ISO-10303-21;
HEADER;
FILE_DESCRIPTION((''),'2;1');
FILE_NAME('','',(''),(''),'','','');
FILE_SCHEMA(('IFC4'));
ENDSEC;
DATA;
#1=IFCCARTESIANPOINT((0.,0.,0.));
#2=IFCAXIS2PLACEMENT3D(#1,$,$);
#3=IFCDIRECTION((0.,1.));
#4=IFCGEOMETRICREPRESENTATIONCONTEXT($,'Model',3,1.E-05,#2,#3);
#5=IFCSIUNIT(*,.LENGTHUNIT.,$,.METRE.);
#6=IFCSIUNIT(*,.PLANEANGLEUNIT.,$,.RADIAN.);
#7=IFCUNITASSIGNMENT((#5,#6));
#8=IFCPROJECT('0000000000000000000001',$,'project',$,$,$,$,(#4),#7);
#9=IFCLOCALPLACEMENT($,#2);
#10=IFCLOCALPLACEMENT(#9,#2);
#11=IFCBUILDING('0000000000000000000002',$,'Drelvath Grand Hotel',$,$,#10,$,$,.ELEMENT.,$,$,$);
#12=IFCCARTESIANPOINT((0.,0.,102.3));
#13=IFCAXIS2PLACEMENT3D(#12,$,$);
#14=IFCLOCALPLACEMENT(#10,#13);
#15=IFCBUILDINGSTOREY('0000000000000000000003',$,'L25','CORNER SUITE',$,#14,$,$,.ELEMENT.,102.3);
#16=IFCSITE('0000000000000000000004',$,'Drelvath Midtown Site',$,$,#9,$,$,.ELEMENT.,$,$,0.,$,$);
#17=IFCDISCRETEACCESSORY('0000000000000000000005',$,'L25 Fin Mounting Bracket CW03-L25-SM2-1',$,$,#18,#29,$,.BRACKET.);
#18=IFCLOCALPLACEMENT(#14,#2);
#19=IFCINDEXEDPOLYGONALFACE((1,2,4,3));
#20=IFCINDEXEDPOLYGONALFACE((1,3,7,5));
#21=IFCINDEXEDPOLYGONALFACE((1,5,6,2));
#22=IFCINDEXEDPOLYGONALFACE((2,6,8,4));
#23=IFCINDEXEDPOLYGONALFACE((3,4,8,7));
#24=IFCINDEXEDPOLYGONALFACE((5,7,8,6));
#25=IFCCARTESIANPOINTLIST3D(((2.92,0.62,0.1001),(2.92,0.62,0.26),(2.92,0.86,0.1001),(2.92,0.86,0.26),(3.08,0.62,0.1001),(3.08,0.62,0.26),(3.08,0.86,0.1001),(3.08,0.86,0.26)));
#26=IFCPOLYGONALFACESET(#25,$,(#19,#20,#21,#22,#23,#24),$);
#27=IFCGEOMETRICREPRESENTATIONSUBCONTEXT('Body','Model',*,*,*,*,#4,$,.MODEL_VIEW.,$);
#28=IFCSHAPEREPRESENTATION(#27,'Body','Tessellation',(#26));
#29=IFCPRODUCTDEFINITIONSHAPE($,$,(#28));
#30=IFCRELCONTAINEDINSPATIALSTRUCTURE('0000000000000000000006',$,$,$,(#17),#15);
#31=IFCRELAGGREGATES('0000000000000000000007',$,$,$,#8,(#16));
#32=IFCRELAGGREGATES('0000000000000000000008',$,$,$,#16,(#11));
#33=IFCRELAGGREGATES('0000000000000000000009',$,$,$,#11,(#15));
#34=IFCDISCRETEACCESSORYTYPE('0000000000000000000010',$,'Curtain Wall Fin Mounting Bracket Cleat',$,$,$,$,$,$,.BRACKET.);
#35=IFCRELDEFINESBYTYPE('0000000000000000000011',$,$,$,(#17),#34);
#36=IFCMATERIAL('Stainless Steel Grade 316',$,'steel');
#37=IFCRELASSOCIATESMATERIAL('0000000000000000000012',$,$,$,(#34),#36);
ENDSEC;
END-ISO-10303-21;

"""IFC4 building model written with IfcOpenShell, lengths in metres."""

from ifc_helpers import new_model, si_unit, direction, frame, origin, origin_2d, place, context, subcontext, project, spatial, rectangle, extrude, material, type_object, element, save


model = new_model("IFC4")

# Units and contexts
model_context = context("Model", 3, precision=1e-05, world=origin(), true_north=direction((0.0, 1.0)))
body_context = subcontext(model_context, "Body", "Model", "MODEL_VIEW")
ifc_project = project(units=[si_unit("LENGTHUNIT", "METRE"), si_unit("PLANEANGLEUNIT", "RADIAN")], contexts=[model_context])

# Site, building, storey
site_placement = place(None, origin())
site = spatial("IfcSite", under=ifc_project, at=site_placement, Name="Drelvath Midtown Site", CompositionType="ELEMENT", RefElevation=0.0)
building_placement = place(site_placement, origin())
building = spatial("IfcBuilding", under=site, at=building_placement, Name="Drelvath Grand Hotel", CompositionType="ELEMENT")
storey_placement = place(building_placement, frame((0.0, 0.0, 102.3)))
storey = spatial("IfcBuildingStorey", under=building, at=storey_placement, Name="L25", Description="CORNER SUITE", CompositionType="ELEMENT", Elevation=102.3)

# Discrete accessory
ifc_material_1 = material(Name="Stainless Steel Grade 316", Category="steel")
discrete_accessory_type = type_object("IfcDiscreteAccessoryType", Name="Curtain Wall Fin Mounting Bracket Cleat", PredefinedType="BRACKET", material=ifc_material_1)
discrete_accessory_placement = place(storey_placement, frame((3.0, 0.74, 0.1001), z_axis=(0.0, 0.0, 1.0), x_axis=(-1.0, 0.0, 0.0)))
element("IfcDiscreteAccessory", 1, at=discrete_accessory_placement, inside=storey, type_object=discrete_accessory_type, Name="L25 Fin Mounting Bracket CW03-L25-SM2-1", PredefinedType="BRACKET", context=body_context, shape_type="SweptSolid", body=[
    extrude(rectangle(XDim=0.1599, YDim=0.24, at=origin_2d()), origin(), (0.0, 0.0, 1.0), 0.1599),
])

save(model, "model.ifc")
